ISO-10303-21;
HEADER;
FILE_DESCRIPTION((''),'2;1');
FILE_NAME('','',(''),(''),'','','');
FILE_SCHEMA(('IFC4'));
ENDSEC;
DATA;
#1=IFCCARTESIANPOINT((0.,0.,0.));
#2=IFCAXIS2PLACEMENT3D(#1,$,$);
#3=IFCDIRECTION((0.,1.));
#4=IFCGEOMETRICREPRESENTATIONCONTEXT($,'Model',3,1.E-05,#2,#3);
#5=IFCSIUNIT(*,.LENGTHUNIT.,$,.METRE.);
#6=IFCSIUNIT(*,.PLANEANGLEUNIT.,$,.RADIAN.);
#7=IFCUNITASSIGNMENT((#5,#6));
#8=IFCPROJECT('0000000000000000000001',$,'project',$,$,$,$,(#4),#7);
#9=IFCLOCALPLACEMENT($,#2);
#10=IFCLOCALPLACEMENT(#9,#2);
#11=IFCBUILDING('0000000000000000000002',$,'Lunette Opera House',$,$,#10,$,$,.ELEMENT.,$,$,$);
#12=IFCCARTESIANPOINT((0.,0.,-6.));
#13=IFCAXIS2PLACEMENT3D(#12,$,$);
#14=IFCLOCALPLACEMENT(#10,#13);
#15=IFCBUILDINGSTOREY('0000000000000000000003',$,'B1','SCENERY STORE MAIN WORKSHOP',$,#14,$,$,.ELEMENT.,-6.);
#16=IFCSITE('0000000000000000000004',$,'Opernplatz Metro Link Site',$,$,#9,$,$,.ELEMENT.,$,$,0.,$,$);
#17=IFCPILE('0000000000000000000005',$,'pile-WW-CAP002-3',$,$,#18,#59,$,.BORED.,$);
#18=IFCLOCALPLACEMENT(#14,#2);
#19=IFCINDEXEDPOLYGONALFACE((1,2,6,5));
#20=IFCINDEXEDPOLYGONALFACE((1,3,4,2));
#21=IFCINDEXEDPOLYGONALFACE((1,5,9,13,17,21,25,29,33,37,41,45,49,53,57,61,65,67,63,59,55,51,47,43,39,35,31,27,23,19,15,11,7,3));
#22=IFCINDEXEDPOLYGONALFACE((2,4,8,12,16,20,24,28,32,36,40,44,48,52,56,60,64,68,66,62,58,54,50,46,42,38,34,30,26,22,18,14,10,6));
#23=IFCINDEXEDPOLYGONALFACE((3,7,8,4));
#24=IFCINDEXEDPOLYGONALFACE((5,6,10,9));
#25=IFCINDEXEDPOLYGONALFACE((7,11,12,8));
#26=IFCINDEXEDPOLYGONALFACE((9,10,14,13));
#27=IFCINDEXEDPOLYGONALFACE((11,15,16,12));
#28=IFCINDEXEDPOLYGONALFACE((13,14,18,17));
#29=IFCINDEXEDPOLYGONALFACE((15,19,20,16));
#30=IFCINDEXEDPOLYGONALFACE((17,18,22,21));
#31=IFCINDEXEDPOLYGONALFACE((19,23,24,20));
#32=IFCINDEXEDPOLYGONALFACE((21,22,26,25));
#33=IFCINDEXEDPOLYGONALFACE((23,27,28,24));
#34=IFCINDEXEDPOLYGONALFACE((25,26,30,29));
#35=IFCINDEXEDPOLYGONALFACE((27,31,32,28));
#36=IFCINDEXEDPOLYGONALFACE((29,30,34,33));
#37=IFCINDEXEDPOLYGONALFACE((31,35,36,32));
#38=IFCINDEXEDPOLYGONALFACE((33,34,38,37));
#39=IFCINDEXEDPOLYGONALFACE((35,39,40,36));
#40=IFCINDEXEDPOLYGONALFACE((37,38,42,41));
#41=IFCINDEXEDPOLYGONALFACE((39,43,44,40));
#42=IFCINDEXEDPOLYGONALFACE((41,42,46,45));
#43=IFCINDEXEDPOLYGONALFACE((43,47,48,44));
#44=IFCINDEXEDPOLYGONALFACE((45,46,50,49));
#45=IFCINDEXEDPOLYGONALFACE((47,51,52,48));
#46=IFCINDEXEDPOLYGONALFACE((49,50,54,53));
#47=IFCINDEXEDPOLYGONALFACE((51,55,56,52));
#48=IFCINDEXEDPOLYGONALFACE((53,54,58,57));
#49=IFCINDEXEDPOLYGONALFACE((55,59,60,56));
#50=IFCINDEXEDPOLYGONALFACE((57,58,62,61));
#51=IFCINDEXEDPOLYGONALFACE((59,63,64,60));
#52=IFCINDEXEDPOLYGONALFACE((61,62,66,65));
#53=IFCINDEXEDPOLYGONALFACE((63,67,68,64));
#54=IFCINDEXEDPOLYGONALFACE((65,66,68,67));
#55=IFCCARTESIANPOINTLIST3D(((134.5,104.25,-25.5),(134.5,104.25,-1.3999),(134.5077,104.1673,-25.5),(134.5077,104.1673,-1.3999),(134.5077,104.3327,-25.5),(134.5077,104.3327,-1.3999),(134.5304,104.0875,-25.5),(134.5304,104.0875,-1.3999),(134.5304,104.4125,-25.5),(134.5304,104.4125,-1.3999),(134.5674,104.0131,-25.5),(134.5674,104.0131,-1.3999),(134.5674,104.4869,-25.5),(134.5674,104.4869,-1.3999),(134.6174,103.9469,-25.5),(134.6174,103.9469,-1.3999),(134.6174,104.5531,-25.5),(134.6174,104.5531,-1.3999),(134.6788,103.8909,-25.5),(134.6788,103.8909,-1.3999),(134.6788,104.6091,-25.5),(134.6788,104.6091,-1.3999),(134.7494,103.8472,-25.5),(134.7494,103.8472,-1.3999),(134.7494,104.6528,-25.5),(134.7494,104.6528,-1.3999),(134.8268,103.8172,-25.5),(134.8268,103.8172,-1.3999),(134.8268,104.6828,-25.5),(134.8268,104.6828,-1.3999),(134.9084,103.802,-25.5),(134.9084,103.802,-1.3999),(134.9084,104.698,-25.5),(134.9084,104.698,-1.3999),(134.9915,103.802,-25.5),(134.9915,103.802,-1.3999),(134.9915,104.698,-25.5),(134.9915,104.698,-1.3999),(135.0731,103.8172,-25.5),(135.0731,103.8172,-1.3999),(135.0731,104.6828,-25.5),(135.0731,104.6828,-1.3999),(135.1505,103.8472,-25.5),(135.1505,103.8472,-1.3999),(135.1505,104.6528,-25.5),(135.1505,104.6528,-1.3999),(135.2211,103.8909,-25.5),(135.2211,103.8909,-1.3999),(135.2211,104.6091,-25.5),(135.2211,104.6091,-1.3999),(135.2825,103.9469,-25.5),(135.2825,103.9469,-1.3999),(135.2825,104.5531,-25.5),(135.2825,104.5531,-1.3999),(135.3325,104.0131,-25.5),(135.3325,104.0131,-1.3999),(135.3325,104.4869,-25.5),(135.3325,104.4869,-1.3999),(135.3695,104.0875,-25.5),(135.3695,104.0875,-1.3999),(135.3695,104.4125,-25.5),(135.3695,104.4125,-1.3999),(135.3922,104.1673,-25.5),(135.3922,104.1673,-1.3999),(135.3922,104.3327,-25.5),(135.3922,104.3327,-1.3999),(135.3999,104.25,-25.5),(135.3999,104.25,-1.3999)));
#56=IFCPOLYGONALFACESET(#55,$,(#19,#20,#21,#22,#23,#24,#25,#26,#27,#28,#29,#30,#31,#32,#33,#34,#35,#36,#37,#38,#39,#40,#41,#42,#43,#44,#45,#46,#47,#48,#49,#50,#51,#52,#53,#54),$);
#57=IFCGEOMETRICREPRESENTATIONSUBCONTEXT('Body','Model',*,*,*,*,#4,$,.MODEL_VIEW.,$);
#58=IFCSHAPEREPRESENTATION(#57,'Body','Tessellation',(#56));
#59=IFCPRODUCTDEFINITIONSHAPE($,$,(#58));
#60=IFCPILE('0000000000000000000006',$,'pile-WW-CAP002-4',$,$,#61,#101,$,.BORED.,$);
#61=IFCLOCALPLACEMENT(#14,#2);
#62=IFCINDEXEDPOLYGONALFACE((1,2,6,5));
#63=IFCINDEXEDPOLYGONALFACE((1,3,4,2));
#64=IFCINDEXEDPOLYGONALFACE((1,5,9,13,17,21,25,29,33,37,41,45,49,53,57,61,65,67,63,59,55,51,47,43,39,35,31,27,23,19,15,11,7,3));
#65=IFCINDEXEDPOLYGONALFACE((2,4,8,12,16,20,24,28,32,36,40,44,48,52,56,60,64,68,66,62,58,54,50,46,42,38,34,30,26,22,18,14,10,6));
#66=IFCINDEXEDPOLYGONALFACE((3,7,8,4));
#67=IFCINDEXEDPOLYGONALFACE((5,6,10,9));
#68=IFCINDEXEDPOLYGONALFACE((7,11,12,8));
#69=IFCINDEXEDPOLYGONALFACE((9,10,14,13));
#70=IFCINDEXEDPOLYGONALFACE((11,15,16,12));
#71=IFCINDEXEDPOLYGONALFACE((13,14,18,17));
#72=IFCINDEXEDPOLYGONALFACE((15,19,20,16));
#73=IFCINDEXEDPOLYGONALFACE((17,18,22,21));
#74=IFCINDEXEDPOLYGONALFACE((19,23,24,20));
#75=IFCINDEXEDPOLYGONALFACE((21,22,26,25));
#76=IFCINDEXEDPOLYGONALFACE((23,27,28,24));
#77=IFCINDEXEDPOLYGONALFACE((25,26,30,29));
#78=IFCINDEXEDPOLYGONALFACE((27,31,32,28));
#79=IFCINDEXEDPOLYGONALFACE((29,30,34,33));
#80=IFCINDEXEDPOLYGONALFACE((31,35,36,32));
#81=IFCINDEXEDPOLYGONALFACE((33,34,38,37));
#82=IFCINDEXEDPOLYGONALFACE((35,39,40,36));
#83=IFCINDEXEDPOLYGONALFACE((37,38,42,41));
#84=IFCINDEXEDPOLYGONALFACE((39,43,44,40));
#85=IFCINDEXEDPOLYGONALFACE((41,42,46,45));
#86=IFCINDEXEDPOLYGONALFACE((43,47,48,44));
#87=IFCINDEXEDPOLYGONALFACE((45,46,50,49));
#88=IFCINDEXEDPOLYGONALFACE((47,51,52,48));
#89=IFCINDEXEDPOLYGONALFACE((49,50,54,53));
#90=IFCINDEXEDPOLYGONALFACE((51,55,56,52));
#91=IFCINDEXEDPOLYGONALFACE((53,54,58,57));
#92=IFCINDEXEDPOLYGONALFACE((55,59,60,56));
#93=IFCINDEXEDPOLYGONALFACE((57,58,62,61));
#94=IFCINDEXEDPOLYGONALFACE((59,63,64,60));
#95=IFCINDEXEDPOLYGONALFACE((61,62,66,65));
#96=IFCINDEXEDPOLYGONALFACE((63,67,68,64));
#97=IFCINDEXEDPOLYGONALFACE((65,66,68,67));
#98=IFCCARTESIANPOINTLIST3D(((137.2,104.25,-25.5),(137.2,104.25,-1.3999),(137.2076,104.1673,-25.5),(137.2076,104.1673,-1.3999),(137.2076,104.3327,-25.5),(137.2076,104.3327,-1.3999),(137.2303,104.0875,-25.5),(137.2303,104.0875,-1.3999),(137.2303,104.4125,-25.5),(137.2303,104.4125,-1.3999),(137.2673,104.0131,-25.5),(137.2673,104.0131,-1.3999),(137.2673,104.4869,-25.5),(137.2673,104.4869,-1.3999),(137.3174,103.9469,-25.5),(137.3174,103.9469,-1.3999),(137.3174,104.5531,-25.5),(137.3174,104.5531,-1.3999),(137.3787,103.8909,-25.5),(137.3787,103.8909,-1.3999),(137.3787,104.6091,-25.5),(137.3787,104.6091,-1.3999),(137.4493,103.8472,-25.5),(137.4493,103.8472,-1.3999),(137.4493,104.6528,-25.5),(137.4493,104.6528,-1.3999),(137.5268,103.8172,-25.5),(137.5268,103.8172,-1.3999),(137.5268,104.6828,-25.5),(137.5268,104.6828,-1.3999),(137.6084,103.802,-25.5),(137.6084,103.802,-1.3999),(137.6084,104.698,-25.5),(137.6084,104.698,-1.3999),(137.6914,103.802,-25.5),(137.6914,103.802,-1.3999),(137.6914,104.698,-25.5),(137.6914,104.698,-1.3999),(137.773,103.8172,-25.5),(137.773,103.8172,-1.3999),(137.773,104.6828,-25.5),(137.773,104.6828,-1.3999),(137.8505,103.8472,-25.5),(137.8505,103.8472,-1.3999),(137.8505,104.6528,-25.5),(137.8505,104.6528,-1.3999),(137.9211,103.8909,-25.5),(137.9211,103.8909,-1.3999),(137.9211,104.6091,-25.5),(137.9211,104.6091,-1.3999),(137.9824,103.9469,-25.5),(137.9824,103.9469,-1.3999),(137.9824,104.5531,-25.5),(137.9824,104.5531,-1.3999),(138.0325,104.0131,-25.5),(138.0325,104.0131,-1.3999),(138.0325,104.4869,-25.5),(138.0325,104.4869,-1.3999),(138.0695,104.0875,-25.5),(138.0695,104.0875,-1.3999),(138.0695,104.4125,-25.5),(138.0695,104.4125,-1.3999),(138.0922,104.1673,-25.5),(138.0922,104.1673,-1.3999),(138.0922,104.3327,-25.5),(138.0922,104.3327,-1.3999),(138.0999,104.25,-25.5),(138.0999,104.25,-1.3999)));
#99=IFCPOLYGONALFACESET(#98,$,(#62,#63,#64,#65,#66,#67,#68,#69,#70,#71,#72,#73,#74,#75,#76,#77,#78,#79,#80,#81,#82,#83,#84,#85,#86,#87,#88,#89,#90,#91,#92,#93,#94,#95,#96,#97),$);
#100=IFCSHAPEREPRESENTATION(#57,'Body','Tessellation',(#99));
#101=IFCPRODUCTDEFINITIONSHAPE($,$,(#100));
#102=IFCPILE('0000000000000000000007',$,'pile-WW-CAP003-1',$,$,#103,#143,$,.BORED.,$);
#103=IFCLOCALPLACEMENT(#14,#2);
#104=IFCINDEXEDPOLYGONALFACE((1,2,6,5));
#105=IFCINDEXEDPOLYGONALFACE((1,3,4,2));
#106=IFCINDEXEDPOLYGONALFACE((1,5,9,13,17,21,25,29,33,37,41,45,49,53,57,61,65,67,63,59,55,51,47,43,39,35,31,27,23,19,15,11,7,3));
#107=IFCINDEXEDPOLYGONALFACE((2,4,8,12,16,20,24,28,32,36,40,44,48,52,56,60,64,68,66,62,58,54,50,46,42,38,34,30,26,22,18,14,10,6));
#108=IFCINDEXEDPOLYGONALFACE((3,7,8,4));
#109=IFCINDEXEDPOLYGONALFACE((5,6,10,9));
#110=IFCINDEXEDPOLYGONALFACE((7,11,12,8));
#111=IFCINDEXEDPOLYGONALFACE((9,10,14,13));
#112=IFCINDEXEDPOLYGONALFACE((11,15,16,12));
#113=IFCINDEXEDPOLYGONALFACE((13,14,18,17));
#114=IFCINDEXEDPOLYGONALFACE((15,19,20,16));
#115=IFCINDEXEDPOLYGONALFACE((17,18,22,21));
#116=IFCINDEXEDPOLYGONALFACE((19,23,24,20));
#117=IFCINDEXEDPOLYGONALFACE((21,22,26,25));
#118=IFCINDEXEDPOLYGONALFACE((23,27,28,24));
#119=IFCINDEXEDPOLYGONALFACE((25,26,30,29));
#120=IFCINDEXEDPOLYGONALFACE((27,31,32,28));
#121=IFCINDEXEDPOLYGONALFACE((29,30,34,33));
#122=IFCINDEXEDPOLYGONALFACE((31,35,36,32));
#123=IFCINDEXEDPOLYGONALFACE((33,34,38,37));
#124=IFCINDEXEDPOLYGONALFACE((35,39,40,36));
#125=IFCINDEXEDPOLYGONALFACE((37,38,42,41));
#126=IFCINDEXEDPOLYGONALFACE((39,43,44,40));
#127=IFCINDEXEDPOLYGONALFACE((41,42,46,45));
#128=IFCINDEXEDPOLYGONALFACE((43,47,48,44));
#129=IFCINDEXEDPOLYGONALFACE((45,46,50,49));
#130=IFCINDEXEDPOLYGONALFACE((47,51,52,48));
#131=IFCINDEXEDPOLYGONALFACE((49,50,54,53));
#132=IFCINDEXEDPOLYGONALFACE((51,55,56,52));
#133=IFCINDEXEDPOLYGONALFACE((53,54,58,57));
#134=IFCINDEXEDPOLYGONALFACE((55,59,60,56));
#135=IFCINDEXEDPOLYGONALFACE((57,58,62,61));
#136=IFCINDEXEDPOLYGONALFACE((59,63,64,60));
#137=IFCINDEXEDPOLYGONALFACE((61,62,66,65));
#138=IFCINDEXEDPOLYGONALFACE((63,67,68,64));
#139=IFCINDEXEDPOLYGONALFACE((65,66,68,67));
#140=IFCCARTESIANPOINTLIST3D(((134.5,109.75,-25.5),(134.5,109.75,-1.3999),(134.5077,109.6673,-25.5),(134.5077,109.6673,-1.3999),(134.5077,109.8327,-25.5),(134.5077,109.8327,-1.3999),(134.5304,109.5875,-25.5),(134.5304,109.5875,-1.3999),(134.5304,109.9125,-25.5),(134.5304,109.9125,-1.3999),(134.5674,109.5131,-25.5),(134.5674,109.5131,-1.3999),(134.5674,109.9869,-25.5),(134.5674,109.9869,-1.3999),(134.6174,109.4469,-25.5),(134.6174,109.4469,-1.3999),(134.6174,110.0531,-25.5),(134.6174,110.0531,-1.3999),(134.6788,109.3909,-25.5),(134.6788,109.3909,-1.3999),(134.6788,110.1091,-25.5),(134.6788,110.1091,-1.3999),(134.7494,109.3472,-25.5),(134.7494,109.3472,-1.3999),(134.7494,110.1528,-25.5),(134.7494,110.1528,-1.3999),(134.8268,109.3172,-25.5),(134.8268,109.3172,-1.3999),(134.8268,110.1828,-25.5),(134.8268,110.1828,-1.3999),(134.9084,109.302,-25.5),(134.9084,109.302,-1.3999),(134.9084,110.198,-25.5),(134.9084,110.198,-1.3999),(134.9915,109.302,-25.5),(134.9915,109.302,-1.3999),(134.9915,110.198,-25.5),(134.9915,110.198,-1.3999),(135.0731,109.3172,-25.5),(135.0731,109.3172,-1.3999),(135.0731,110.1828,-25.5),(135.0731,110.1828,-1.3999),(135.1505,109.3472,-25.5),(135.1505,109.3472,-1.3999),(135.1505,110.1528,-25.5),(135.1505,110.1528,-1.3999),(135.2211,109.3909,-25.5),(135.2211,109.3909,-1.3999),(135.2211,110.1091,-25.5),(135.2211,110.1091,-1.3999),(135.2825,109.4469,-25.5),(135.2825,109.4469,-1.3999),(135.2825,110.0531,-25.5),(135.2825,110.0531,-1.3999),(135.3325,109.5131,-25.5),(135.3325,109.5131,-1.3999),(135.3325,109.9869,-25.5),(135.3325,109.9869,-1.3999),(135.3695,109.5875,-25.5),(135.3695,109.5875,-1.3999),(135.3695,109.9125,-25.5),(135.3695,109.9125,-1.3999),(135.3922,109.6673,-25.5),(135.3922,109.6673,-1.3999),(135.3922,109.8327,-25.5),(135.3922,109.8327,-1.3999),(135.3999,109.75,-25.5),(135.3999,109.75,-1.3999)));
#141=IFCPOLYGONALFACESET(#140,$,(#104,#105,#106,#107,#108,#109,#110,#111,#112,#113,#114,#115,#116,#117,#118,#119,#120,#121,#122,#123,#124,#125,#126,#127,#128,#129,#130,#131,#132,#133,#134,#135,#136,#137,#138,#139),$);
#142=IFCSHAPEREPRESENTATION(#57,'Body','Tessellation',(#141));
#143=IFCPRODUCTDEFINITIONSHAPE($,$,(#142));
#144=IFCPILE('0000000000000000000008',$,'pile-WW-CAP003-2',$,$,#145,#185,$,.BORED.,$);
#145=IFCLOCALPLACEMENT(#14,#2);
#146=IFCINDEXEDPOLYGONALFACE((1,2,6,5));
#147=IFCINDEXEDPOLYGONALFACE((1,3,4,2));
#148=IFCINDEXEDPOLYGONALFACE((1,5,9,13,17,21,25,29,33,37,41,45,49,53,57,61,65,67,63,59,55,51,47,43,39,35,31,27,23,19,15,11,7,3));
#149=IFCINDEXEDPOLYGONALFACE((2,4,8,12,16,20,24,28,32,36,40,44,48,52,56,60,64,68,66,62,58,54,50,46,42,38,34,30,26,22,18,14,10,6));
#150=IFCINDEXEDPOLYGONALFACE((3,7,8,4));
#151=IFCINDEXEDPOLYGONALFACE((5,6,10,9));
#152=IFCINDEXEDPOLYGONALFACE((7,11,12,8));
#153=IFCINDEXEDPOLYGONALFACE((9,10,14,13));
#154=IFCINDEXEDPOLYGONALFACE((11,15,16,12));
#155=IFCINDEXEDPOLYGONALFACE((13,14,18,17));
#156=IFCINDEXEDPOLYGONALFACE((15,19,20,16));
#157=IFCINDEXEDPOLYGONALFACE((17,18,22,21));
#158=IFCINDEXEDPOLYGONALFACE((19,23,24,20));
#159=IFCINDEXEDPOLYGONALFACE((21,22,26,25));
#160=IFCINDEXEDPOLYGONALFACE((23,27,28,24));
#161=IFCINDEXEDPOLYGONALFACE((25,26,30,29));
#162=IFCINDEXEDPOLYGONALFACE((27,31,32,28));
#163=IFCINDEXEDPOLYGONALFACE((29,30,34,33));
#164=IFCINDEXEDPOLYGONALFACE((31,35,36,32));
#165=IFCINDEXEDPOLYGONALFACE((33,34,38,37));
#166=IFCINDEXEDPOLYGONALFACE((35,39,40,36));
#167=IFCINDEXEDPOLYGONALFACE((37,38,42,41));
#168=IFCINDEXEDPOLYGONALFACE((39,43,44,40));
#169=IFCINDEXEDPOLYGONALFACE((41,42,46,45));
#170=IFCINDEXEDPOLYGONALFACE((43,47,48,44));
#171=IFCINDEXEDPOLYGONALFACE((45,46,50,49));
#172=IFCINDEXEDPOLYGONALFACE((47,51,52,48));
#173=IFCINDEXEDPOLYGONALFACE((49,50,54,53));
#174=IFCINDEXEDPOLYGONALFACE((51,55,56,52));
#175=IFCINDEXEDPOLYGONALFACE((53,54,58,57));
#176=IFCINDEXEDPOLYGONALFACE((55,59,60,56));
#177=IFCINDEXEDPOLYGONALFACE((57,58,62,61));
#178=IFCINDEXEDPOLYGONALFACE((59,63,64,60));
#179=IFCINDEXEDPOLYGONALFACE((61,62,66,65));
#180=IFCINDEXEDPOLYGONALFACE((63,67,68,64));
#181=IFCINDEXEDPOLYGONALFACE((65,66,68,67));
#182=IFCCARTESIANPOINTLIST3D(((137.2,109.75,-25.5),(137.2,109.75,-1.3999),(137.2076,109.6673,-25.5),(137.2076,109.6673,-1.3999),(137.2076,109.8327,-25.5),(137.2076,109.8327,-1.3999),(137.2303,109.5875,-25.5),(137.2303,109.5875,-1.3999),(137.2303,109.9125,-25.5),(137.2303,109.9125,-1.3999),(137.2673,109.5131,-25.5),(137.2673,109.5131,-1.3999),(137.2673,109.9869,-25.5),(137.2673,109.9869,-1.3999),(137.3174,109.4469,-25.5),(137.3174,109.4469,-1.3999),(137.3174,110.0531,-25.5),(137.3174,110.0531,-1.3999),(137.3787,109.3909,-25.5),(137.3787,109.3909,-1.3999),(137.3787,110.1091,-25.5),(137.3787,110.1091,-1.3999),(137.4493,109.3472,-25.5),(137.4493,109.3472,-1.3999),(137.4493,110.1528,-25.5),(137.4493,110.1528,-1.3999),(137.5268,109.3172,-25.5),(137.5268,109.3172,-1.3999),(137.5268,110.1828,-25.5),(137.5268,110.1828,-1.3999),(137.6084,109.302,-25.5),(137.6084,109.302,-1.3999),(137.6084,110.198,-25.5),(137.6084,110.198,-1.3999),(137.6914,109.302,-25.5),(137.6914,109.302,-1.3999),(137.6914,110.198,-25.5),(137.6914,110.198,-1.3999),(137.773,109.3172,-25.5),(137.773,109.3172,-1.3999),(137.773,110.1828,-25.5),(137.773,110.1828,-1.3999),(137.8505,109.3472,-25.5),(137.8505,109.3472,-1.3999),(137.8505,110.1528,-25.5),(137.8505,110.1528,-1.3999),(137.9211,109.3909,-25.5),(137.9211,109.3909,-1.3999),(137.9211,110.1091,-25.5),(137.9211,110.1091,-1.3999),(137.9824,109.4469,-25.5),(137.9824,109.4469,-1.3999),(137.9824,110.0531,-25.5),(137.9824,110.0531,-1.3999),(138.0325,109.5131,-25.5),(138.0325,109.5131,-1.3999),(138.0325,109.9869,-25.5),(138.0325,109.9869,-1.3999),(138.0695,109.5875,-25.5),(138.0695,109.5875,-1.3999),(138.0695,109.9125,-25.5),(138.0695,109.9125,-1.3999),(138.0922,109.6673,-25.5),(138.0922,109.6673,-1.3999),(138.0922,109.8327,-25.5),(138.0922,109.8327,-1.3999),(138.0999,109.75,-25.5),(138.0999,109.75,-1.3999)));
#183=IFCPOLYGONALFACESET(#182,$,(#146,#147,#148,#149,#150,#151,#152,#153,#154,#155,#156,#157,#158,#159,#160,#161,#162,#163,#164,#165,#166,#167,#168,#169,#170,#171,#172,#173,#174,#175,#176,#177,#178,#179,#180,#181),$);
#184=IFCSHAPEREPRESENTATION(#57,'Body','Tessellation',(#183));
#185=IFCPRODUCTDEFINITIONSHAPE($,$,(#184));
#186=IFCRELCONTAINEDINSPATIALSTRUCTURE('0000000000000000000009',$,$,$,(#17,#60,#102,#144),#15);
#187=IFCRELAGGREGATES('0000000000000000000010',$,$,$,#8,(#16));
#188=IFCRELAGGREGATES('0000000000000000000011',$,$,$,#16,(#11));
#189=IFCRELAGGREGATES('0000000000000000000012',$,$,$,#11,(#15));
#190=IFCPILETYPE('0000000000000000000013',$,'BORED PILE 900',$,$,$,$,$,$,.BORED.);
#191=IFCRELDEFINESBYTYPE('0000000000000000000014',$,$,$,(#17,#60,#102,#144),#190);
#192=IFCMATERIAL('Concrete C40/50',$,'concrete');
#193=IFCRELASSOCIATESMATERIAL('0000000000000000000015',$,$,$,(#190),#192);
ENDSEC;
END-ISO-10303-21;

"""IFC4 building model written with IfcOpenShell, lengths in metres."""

from ifc_helpers import new_model, si_unit, direction, frame, origin, origin_2d, place, context, subcontext, project, spatial, circle, extrude, material, material_profile, profile_set, type_object, element, save


model = new_model("IFC4")

# Units and contexts
model_context = context("Model", 3, precision=1e-05, world=origin(), true_north=direction((0.0, 1.0)))
body_context = subcontext(model_context, "Body", "Model", "MODEL_VIEW")
ifc_project = project(units=[si_unit("LENGTHUNIT", "METRE"), si_unit("PLANEANGLEUNIT", "RADIAN")], contexts=[model_context])

# Site, building, storey
site_placement = place(None, origin())
site = spatial("IfcSite", under=ifc_project, at=site_placement, Name="Opernplatz Metro Link Site", CompositionType="ELEMENT", RefElevation=0.0)
building_placement = place(site_placement, origin())
building = spatial("IfcBuilding", under=site, at=building_placement, Name="Lunette Opera House", CompositionType="ELEMENT")
storey_placement = place(building_placement, frame((0.0, 0.0, -6.0)))
storey = spatial("IfcBuildingStorey", under=building, at=storey_placement, Name="B1", Description="SCENERY STORE MAIN WORKSHOP", CompositionType="ELEMENT", Elevation=-6.0)

# Piles
ifc_material_1 = material(Name="Concrete C40/50", Category="concrete")
ifc_material_profile_1 = material_profile(ifc_material_1, circle(Radius=0.45, at=origin_2d()), Name="BORED PILE 900")
ifc_profile_set_1 = profile_set([ifc_material_profile_1], Name="Concrete C40/50")
pile_type_1 = type_object("IfcPileType", Name="BORED PILE 900", PredefinedType="BORED", material=ifc_profile_set_1)
for number, where, z_axis, x_axis, name in (
    (1, (134.95, 104.25, -1.3999), (0.0, 0.0, -1.0), (1.0, 0.0, 0.0), "pile-WW-CAP002-3"),
    (2, (137.6499, 104.25, -1.3999), (0.0, 0.0, -1.0), (1.0, 0.0, 0.0), "pile-WW-CAP002-4"),
    (3, (134.95, 109.75, -1.3999), (0.0, 0.0, -1.0), (1.0, 0.0, 0.0), "pile-WW-CAP003-1"),
    (4, (137.6499, 109.75, -1.3999), (0.0, 0.0, -1.0), (1.0, 0.0, 0.0), "pile-WW-CAP003-2"),
):
    element("IfcPile", number, at=place(storey_placement, frame(where, z_axis=z_axis, x_axis=x_axis)), inside=storey, type_object=pile_type_1, Name=name, PredefinedType="BORED", context=body_context, shape_type="SweptSolid", body=[
        extrude(circle(Radius=0.45, at=origin_2d()), origin(), (0.0, 0.0, 1.0), 24.1001),
    ])

save(model, "model.ifc")
